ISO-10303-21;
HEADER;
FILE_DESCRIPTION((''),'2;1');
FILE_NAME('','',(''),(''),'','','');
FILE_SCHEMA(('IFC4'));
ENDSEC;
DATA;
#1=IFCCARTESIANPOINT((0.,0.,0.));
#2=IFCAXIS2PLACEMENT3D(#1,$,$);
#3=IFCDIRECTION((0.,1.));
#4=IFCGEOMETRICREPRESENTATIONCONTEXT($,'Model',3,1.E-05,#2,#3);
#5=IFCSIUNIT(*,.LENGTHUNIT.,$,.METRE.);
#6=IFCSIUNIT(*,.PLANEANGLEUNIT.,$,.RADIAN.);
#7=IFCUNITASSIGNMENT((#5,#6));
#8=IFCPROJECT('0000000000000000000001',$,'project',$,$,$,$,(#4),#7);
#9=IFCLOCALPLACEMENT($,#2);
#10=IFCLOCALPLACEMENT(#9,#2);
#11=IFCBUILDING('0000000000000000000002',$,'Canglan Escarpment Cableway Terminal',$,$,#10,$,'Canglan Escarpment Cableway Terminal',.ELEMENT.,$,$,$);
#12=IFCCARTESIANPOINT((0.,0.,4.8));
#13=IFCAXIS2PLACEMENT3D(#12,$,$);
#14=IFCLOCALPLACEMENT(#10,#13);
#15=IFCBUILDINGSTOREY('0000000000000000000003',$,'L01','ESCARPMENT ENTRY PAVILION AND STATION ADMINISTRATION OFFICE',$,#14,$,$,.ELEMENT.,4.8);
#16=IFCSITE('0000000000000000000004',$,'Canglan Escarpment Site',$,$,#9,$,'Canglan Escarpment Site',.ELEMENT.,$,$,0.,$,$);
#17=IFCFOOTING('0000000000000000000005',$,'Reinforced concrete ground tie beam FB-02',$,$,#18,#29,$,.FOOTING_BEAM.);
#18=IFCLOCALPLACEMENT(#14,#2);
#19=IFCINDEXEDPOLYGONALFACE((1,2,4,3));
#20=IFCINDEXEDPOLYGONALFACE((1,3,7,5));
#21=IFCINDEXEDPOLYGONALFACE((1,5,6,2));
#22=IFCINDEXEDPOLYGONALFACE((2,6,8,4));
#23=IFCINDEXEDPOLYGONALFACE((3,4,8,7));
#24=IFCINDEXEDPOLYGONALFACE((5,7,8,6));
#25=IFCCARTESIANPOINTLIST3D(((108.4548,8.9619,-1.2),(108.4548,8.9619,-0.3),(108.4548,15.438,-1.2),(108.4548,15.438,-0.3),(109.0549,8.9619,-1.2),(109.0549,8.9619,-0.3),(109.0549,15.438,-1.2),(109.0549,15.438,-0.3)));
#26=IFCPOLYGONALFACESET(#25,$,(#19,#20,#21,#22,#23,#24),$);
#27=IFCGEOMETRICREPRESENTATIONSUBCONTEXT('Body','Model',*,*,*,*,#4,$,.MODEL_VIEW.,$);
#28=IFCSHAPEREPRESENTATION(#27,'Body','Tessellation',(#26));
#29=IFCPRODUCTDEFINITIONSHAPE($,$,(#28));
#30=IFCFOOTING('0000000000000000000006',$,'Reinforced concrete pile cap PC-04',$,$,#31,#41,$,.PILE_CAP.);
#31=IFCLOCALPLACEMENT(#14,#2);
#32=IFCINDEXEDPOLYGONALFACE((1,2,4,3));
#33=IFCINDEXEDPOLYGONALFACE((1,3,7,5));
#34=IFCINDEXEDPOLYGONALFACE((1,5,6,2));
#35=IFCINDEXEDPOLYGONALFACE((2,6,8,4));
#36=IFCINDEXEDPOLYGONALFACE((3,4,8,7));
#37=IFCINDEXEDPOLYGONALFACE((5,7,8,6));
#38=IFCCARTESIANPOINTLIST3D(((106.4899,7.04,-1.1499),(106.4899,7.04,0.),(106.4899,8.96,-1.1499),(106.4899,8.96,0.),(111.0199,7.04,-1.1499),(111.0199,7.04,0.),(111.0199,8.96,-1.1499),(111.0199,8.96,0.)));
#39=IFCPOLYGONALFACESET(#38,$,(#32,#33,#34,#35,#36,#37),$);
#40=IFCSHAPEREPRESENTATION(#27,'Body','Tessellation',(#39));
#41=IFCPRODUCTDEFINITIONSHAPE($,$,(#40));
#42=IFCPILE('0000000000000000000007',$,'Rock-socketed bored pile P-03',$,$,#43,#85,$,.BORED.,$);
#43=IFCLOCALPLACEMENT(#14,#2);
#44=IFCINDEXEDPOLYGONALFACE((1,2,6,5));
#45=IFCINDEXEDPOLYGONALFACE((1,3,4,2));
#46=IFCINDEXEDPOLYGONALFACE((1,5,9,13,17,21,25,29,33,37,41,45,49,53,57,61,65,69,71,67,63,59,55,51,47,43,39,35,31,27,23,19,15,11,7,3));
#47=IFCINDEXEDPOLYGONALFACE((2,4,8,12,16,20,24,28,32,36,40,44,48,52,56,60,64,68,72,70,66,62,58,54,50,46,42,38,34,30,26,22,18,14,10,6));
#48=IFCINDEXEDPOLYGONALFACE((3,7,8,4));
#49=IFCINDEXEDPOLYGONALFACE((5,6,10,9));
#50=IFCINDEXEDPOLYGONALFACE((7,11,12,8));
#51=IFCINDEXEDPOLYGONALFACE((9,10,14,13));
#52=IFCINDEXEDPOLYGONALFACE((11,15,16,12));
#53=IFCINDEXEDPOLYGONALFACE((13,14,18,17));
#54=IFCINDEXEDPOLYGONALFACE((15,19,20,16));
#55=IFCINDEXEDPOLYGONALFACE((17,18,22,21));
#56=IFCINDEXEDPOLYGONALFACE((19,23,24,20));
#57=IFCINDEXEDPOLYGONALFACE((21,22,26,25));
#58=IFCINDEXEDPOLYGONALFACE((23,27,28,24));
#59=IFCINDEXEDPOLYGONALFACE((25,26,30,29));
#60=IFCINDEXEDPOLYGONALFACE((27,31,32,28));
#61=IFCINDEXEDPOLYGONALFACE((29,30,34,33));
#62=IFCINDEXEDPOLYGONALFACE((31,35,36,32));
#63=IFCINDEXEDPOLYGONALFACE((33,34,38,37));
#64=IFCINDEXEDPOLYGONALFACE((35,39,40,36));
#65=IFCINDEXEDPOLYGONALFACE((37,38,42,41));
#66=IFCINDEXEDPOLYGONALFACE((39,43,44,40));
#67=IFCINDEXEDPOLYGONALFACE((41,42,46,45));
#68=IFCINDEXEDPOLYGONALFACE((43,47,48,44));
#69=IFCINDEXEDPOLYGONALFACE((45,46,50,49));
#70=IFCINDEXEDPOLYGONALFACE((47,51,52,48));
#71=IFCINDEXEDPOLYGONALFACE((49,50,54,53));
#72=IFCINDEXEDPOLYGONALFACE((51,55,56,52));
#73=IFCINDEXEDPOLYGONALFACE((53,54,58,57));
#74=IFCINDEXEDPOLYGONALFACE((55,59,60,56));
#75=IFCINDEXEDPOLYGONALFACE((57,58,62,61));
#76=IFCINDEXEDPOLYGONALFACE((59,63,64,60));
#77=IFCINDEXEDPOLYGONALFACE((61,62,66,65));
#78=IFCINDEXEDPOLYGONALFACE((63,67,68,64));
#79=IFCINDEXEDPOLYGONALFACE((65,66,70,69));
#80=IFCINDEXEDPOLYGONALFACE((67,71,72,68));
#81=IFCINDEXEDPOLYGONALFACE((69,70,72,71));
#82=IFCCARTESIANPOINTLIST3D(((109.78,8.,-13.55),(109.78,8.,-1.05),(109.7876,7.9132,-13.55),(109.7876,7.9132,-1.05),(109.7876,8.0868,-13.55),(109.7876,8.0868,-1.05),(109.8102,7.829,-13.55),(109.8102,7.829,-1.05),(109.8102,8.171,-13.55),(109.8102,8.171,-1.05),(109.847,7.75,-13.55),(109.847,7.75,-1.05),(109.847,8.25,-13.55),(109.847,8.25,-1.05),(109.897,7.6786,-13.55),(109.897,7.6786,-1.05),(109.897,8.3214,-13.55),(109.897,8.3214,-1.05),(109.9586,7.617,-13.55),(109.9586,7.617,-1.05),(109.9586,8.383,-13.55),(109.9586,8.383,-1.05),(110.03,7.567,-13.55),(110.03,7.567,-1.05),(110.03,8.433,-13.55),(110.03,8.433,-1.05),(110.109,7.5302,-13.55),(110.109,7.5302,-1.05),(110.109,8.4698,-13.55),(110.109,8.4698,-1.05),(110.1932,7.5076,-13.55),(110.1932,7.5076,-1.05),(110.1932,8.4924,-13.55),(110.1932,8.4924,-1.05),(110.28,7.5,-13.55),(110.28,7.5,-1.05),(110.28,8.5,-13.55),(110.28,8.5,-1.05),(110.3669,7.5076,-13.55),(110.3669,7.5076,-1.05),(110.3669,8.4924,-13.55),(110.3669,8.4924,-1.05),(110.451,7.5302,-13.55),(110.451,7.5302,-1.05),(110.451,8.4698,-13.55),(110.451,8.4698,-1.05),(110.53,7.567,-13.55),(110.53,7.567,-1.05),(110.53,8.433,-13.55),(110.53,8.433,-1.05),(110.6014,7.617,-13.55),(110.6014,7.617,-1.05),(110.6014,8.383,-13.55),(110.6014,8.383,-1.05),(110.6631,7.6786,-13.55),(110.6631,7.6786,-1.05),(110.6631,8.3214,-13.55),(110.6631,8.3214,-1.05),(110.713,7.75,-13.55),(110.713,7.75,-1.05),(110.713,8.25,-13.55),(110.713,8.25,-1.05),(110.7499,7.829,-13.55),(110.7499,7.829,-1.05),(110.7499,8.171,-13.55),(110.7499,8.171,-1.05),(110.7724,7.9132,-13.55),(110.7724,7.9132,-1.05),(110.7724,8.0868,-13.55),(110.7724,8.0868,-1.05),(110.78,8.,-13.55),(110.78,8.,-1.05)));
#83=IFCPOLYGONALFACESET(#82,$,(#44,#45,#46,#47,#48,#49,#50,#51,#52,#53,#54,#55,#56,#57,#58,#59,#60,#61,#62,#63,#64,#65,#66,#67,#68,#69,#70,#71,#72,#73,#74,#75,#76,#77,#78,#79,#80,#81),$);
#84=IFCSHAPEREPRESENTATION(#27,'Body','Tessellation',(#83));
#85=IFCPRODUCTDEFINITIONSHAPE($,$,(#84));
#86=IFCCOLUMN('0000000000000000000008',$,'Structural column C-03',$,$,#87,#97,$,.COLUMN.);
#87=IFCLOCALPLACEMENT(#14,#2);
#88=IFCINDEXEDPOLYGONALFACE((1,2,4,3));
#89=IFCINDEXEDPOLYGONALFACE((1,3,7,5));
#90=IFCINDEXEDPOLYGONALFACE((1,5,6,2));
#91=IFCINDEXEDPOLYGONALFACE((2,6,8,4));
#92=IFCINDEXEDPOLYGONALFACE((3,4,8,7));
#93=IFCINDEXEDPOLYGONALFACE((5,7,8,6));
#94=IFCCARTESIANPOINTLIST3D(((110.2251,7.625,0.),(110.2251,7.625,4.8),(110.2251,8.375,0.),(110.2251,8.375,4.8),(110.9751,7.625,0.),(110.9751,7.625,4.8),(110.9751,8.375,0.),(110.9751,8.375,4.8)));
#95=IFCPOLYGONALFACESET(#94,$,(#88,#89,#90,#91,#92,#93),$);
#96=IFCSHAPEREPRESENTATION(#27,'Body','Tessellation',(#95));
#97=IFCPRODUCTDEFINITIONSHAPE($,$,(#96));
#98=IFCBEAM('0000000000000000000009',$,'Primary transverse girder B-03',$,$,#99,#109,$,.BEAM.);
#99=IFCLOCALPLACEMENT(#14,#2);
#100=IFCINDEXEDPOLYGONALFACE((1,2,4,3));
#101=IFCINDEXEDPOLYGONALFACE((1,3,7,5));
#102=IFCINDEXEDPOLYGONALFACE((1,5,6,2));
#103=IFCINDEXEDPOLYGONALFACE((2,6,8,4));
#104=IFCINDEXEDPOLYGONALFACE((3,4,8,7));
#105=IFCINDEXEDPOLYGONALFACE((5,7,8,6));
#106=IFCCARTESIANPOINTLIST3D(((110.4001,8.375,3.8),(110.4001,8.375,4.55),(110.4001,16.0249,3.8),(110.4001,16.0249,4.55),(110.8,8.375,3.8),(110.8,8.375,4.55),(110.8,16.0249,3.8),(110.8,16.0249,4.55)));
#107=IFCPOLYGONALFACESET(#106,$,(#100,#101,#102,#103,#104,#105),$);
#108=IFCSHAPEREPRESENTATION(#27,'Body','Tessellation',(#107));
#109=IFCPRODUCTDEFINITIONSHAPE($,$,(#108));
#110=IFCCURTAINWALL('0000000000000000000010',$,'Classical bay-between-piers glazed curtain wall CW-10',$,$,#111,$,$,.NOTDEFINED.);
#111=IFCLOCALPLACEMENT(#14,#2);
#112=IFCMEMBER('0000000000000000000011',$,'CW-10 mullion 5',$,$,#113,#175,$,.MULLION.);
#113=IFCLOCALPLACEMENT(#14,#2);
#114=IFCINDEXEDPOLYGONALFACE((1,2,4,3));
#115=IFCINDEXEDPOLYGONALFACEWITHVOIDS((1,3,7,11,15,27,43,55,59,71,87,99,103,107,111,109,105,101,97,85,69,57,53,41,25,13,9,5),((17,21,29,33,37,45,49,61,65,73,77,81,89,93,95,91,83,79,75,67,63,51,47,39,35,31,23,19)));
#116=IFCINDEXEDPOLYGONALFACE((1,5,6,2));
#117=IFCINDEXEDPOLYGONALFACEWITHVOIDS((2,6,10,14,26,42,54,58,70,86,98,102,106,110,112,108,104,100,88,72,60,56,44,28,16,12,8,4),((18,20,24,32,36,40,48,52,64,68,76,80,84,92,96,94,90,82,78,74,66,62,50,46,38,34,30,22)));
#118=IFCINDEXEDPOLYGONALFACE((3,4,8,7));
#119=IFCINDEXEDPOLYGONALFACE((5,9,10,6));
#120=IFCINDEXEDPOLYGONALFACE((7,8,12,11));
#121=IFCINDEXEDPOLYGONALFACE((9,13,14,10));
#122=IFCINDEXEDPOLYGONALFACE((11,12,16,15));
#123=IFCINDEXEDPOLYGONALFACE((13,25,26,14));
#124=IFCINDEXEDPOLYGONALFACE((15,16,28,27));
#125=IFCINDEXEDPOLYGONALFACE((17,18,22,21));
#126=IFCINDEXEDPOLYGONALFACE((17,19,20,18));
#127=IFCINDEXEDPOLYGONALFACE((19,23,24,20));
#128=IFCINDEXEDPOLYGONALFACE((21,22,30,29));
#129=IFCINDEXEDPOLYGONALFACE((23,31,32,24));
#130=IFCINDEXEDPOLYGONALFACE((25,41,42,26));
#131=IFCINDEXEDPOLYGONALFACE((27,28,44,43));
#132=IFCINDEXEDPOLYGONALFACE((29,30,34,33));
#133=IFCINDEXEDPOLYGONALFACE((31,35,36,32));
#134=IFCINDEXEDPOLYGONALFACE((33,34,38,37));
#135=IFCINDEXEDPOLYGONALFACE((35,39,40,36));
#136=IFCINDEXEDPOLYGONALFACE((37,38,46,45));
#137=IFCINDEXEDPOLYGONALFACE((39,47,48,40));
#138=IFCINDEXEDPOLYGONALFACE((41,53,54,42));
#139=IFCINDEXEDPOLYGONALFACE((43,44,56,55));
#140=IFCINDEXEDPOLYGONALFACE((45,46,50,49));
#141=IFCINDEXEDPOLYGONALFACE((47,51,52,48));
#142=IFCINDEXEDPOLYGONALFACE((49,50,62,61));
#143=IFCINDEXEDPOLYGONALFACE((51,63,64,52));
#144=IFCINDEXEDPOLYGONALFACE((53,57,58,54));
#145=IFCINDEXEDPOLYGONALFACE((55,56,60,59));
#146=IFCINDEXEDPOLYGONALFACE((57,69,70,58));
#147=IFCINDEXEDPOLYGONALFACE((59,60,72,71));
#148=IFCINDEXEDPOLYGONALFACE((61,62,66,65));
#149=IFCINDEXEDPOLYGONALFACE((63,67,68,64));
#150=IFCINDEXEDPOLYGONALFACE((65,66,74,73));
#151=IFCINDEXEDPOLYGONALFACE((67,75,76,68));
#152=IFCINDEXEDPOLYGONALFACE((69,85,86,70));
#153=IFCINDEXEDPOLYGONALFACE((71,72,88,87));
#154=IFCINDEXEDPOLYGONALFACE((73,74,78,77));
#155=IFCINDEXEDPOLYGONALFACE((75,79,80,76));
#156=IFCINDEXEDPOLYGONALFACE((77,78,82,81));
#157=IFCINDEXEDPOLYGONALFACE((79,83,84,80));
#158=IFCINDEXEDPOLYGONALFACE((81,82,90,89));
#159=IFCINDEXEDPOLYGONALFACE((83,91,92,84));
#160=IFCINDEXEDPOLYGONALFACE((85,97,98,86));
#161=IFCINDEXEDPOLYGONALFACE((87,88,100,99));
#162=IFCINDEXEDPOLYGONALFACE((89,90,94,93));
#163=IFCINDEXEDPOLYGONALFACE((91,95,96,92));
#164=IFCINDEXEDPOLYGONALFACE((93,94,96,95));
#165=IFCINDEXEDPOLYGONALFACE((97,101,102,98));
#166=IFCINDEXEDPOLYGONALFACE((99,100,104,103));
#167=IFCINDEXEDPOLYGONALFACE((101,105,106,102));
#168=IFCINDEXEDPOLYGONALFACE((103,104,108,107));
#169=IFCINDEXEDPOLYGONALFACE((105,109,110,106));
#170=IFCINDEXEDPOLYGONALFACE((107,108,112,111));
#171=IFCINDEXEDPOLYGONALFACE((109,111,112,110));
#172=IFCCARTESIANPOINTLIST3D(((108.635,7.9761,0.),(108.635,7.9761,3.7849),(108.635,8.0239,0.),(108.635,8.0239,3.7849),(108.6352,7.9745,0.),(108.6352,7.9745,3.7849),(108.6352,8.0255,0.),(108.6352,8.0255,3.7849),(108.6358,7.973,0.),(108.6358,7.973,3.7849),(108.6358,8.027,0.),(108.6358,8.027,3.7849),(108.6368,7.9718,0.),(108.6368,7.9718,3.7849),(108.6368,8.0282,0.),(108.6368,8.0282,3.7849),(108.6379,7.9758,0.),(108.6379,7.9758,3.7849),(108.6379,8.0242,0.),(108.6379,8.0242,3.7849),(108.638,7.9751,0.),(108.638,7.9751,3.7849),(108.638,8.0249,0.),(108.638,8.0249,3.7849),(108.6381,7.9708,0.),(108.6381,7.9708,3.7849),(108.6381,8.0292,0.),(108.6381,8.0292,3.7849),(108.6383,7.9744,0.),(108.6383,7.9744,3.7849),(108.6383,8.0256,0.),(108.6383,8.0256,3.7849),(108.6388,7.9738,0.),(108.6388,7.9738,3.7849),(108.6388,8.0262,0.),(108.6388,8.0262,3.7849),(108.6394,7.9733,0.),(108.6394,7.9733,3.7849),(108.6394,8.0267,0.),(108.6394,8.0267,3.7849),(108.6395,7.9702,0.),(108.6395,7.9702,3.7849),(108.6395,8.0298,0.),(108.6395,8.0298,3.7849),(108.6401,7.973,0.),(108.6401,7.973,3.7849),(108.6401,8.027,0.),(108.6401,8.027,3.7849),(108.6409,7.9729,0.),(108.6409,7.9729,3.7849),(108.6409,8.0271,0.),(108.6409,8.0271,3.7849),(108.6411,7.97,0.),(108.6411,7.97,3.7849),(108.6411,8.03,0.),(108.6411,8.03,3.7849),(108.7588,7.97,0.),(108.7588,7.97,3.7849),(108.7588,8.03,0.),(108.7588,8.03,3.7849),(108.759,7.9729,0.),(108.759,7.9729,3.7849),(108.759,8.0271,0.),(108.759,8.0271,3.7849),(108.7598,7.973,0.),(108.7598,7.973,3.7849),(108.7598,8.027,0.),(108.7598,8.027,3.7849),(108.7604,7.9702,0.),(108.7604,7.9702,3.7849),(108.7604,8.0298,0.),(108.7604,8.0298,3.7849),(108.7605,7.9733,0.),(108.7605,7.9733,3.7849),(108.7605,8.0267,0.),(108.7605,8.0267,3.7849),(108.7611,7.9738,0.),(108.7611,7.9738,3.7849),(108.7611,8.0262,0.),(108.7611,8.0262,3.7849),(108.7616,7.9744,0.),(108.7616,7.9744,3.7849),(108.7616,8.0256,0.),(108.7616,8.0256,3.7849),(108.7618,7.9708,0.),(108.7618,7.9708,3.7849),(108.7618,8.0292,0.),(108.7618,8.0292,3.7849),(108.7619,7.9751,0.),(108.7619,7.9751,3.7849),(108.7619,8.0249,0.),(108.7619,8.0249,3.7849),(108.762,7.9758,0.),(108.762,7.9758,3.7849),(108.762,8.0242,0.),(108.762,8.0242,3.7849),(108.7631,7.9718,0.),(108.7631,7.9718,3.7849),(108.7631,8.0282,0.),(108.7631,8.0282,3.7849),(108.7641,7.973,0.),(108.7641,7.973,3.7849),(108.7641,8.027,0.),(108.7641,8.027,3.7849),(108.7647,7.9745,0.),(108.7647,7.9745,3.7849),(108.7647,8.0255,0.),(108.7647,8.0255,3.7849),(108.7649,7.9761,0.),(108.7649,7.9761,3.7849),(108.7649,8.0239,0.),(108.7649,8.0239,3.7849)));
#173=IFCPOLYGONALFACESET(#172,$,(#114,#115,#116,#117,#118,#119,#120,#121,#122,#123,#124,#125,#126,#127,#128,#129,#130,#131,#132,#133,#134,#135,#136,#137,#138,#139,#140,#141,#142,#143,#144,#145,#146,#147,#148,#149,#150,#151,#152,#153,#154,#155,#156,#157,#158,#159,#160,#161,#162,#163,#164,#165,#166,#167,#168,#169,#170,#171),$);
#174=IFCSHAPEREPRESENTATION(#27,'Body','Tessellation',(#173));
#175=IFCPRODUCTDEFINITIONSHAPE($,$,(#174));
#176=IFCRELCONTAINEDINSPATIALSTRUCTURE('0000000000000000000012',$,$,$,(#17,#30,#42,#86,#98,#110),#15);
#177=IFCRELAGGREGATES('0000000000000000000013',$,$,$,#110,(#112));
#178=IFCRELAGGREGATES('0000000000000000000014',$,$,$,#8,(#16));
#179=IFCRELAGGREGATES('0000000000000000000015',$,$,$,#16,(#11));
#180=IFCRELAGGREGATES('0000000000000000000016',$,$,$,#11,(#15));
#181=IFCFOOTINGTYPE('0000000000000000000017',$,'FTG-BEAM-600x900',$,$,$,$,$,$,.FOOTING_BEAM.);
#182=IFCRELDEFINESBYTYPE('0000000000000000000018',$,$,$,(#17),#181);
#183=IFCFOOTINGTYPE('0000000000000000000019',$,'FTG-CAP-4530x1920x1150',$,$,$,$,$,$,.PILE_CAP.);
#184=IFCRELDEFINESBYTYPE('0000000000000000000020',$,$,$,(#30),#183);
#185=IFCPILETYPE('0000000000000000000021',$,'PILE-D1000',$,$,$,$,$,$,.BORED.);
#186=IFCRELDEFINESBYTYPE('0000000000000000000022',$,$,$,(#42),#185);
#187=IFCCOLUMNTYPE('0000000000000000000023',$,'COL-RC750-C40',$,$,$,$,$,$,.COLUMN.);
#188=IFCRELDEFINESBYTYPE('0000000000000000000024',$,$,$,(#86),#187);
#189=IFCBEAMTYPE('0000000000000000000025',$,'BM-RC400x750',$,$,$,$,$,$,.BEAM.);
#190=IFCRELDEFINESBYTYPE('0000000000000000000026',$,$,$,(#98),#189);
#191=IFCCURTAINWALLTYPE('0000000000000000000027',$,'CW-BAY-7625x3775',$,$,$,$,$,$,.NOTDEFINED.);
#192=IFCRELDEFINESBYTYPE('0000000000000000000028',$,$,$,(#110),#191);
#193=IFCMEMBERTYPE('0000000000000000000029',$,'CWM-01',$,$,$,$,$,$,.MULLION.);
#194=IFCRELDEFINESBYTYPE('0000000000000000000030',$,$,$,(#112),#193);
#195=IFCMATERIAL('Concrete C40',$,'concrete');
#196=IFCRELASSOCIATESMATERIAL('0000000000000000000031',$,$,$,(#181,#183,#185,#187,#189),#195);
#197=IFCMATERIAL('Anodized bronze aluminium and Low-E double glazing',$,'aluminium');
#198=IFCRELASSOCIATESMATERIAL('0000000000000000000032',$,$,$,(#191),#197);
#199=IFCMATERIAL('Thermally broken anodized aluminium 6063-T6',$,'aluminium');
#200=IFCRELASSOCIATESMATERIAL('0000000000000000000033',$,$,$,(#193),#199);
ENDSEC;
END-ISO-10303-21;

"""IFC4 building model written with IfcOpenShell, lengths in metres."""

from ifc_helpers import new_model, si_unit, direction, frame, origin, origin_2d, place, context, subcontext, project, spatial, rectangle, hollow_rectangle, circle, extrude, material, material_profile, profile_set, type_object, element, aggregate, save


model = new_model("IFC4")

# Units and contexts
model_context = context("Model", 3, precision=1e-05, world=origin(), true_north=direction((0.0, 1.0)))
body_context = subcontext(model_context, "Body", "Model", "MODEL_VIEW")
ifc_project = project(units=[si_unit("LENGTHUNIT", "METRE"), si_unit("PLANEANGLEUNIT", "RADIAN")], contexts=[model_context])

# Site, building, storey
site_placement = place(None, origin())
site = spatial("IfcSite", under=ifc_project, at=site_placement, Name="Canglan Escarpment Site", LongName="Canglan Escarpment Site", CompositionType="ELEMENT", RefElevation=0.0)
building_placement = place(site_placement, origin())
building = spatial("IfcBuilding", under=site, at=building_placement, Name="Canglan Escarpment Cableway Terminal", LongName="Canglan Escarpment Cableway Terminal", CompositionType="ELEMENT")
storey_placement = place(building_placement, frame((0.0, 0.0, 4.8)))
storey = spatial("IfcBuildingStorey", under=building, at=storey_placement, Name="L01", Description="ESCARPMENT ENTRY PAVILION AND STATION ADMINISTRATION OFFICE", CompositionType="ELEMENT", Elevation=4.8)

# Footings
ifc_material_1 = material(Name="Concrete C40", Category="concrete")
ifc_material_profile_1 = material_profile(ifc_material_1, rectangle(XDim=0.6001, YDim=0.8999, at=origin_2d()), Name="FB 600x900")
ifc_profile_set_1 = profile_set([ifc_material_profile_1], Name="Concrete C40")
footing_type_1 = type_object("IfcFootingType", Name="FTG-BEAM-600x900", PredefinedType="FOOTING_BEAM", material=ifc_profile_set_1)
footing_1_placement = place(storey_placement, frame((108.7549, 8.9619, -0.75), z_axis=(0.0, 1.0, 0.0), x_axis=(-1.0, 0.0, 0.0)))
element("IfcFooting", 1, at=footing_1_placement, inside=storey, type_object=footing_type_1, Name="Reinforced concrete ground tie beam FB-02", PredefinedType="FOOTING_BEAM", context=body_context, shape_type="SweptSolid", body=[
    extrude(rectangle(XDim=0.6001, YDim=0.8999, at=origin_2d()), origin(), (0.0, 0.0, 1.0), 6.4761),
])
footing_type_2 = type_object("IfcFootingType", Name="FTG-CAP-4530x1920x1150", PredefinedType="PILE_CAP", material=ifc_material_1)
footing_2_placement = place(storey_placement, frame((108.7549, 8.0, -1.1499), z_axis=(0.0, 0.0, 1.0), x_axis=(1.0, 0.0, 0.0)))
element("IfcFooting", 2, at=footing_2_placement, inside=storey, type_object=footing_type_2, Name="Reinforced concrete pile cap PC-04", PredefinedType="PILE_CAP", context=body_context, shape_type="SweptSolid", body=[
    extrude(rectangle(XDim=4.53, YDim=1.9199, at=origin_2d()), origin(), (0.0, 0.0, 1.0), 1.1499),
])

# Pile
ifc_material_profile_2 = material_profile(ifc_material_1, circle(Radius=0.5, at=origin_2d()), Name="BORED PILE D1000")
ifc_profile_set_2 = profile_set([ifc_material_profile_2], Name="Concrete C40")
pile_type = type_object("IfcPileType", Name="PILE-D1000", PredefinedType="BORED", material=ifc_profile_set_2)
pile_placement = place(storey_placement, frame((110.28, 8.0, -1.05), z_axis=(0.0, 0.0, -1.0), x_axis=(1.0, 0.0, 0.0)))
element("IfcPile", 3, at=pile_placement, inside=storey, type_object=pile_type, Name="Rock-socketed bored pile P-03", PredefinedType="BORED", context=body_context, shape_type="SweptSolid", body=[
    extrude(circle(Radius=0.5, at=origin_2d()), origin(), (0.0, 0.0, 1.0), 12.5),
])

# Column
ifc_material_profile_3 = material_profile(ifc_material_1, rectangle(XDim=0.75, YDim=0.75, at=origin_2d()), Name="RC 750x750")
ifc_profile_set_3 = profile_set([ifc_material_profile_3], Name="Concrete C40")
column_type = type_object("IfcColumnType", Name="COL-RC750-C40", PredefinedType="COLUMN", material=ifc_profile_set_3)
column_placement = place(storey_placement, frame((110.6001, 8.0, 0.0), z_axis=(0.0, 0.0, 1.0), x_axis=(1.0, 0.0, 0.0)))
element("IfcColumn", 4, at=column_placement, inside=storey, type_object=column_type, Name="Structural column C-03", PredefinedType="COLUMN", context=body_context, shape_type="SweptSolid", body=[
    extrude(rectangle(XDim=0.75, YDim=0.75, at=origin_2d()), origin(), (0.0, 0.0, 1.0), 4.8),
])

# Beam
ifc_material_profile_4 = material_profile(ifc_material_1, rectangle(XDim=0.3999, YDim=0.75, at=origin_2d()), Name="RC 400x750")
ifc_profile_set_4 = profile_set([ifc_material_profile_4], Name="Concrete C40")
beam_type = type_object("IfcBeamType", Name="BM-RC400x750", PredefinedType="BEAM", material=ifc_profile_set_4)
beam_placement = place(storey_placement, frame((110.6001, 8.375, 4.175), z_axis=(0.0, 1.0, 0.0), x_axis=(-1.0, 0.0, 0.0)))
element("IfcBeam", 5, at=beam_placement, inside=storey, type_object=beam_type, Name="Primary transverse girder B-03", PredefinedType="BEAM", context=body_context, shape_type="SweptSolid", body=[
    extrude(rectangle(XDim=0.3999, YDim=0.75, at=origin_2d()), origin(), (0.0, 0.0, 1.0), 7.6499),
])

# Curtain wall, member
ifc_material_2 = material(Name="Anodized bronze aluminium and Low-E double glazing", Category="aluminium")
curtain_wall_type = type_object("IfcCurtainWallType", Name="CW-BAY-7625x3775", PredefinedType="NOTDEFINED", material=ifc_material_2)
curtain_wall_placement = place(storey_placement, origin())
curtain_wall = element("IfcCurtainWall", 6, at=curtain_wall_placement, inside=storey, type_object=curtain_wall_type, Name="Classical bay-between-piers glazed curtain wall CW-10", PredefinedType="NOTDEFINED")
ifc_material_3 = material(Name="Thermally broken anodized aluminium 6063-T6", Category="aluminium")
ifc_material_profile_5 = material_profile(ifc_material_3, hollow_rectangle(XDim=0.0601, YDim=0.1299, WallThickness=0.0029, InnerFilletRadius=0.0029, OuterFilletRadius=0.0061, at=origin_2d()), Name="ALU-MULL 60x130x3")
ifc_profile_set_5 = profile_set([ifc_material_profile_5], Name="Thermally broken anodized aluminium 6063-T6")
member_type_1 = type_object("IfcMemberType", Name="CWM-01", PredefinedType="MULLION", material=ifc_profile_set_5)
member_1_placement = place(storey_placement, frame((108.7, 8.0, 0.0), z_axis=(0.0, 0.0, 1.0), x_axis=(0.0, 1.0, 0.0)))
member_1 = element("IfcMember", 7, at=member_1_placement, type_object=member_type_1, Name="CW-10 mullion 5", PredefinedType="MULLION", context=body_context, shape_type="SweptSolid", body=[
    extrude(hollow_rectangle(XDim=0.0601, YDim=0.1299, WallThickness=0.0029, InnerFilletRadius=0.0029, OuterFilletRadius=0.0061, at=origin_2d()), origin(), (0.0, 0.0, 1.0), 3.7849),
])
aggregate(curtain_wall, [member_1])

save(model, "model.ifc")
